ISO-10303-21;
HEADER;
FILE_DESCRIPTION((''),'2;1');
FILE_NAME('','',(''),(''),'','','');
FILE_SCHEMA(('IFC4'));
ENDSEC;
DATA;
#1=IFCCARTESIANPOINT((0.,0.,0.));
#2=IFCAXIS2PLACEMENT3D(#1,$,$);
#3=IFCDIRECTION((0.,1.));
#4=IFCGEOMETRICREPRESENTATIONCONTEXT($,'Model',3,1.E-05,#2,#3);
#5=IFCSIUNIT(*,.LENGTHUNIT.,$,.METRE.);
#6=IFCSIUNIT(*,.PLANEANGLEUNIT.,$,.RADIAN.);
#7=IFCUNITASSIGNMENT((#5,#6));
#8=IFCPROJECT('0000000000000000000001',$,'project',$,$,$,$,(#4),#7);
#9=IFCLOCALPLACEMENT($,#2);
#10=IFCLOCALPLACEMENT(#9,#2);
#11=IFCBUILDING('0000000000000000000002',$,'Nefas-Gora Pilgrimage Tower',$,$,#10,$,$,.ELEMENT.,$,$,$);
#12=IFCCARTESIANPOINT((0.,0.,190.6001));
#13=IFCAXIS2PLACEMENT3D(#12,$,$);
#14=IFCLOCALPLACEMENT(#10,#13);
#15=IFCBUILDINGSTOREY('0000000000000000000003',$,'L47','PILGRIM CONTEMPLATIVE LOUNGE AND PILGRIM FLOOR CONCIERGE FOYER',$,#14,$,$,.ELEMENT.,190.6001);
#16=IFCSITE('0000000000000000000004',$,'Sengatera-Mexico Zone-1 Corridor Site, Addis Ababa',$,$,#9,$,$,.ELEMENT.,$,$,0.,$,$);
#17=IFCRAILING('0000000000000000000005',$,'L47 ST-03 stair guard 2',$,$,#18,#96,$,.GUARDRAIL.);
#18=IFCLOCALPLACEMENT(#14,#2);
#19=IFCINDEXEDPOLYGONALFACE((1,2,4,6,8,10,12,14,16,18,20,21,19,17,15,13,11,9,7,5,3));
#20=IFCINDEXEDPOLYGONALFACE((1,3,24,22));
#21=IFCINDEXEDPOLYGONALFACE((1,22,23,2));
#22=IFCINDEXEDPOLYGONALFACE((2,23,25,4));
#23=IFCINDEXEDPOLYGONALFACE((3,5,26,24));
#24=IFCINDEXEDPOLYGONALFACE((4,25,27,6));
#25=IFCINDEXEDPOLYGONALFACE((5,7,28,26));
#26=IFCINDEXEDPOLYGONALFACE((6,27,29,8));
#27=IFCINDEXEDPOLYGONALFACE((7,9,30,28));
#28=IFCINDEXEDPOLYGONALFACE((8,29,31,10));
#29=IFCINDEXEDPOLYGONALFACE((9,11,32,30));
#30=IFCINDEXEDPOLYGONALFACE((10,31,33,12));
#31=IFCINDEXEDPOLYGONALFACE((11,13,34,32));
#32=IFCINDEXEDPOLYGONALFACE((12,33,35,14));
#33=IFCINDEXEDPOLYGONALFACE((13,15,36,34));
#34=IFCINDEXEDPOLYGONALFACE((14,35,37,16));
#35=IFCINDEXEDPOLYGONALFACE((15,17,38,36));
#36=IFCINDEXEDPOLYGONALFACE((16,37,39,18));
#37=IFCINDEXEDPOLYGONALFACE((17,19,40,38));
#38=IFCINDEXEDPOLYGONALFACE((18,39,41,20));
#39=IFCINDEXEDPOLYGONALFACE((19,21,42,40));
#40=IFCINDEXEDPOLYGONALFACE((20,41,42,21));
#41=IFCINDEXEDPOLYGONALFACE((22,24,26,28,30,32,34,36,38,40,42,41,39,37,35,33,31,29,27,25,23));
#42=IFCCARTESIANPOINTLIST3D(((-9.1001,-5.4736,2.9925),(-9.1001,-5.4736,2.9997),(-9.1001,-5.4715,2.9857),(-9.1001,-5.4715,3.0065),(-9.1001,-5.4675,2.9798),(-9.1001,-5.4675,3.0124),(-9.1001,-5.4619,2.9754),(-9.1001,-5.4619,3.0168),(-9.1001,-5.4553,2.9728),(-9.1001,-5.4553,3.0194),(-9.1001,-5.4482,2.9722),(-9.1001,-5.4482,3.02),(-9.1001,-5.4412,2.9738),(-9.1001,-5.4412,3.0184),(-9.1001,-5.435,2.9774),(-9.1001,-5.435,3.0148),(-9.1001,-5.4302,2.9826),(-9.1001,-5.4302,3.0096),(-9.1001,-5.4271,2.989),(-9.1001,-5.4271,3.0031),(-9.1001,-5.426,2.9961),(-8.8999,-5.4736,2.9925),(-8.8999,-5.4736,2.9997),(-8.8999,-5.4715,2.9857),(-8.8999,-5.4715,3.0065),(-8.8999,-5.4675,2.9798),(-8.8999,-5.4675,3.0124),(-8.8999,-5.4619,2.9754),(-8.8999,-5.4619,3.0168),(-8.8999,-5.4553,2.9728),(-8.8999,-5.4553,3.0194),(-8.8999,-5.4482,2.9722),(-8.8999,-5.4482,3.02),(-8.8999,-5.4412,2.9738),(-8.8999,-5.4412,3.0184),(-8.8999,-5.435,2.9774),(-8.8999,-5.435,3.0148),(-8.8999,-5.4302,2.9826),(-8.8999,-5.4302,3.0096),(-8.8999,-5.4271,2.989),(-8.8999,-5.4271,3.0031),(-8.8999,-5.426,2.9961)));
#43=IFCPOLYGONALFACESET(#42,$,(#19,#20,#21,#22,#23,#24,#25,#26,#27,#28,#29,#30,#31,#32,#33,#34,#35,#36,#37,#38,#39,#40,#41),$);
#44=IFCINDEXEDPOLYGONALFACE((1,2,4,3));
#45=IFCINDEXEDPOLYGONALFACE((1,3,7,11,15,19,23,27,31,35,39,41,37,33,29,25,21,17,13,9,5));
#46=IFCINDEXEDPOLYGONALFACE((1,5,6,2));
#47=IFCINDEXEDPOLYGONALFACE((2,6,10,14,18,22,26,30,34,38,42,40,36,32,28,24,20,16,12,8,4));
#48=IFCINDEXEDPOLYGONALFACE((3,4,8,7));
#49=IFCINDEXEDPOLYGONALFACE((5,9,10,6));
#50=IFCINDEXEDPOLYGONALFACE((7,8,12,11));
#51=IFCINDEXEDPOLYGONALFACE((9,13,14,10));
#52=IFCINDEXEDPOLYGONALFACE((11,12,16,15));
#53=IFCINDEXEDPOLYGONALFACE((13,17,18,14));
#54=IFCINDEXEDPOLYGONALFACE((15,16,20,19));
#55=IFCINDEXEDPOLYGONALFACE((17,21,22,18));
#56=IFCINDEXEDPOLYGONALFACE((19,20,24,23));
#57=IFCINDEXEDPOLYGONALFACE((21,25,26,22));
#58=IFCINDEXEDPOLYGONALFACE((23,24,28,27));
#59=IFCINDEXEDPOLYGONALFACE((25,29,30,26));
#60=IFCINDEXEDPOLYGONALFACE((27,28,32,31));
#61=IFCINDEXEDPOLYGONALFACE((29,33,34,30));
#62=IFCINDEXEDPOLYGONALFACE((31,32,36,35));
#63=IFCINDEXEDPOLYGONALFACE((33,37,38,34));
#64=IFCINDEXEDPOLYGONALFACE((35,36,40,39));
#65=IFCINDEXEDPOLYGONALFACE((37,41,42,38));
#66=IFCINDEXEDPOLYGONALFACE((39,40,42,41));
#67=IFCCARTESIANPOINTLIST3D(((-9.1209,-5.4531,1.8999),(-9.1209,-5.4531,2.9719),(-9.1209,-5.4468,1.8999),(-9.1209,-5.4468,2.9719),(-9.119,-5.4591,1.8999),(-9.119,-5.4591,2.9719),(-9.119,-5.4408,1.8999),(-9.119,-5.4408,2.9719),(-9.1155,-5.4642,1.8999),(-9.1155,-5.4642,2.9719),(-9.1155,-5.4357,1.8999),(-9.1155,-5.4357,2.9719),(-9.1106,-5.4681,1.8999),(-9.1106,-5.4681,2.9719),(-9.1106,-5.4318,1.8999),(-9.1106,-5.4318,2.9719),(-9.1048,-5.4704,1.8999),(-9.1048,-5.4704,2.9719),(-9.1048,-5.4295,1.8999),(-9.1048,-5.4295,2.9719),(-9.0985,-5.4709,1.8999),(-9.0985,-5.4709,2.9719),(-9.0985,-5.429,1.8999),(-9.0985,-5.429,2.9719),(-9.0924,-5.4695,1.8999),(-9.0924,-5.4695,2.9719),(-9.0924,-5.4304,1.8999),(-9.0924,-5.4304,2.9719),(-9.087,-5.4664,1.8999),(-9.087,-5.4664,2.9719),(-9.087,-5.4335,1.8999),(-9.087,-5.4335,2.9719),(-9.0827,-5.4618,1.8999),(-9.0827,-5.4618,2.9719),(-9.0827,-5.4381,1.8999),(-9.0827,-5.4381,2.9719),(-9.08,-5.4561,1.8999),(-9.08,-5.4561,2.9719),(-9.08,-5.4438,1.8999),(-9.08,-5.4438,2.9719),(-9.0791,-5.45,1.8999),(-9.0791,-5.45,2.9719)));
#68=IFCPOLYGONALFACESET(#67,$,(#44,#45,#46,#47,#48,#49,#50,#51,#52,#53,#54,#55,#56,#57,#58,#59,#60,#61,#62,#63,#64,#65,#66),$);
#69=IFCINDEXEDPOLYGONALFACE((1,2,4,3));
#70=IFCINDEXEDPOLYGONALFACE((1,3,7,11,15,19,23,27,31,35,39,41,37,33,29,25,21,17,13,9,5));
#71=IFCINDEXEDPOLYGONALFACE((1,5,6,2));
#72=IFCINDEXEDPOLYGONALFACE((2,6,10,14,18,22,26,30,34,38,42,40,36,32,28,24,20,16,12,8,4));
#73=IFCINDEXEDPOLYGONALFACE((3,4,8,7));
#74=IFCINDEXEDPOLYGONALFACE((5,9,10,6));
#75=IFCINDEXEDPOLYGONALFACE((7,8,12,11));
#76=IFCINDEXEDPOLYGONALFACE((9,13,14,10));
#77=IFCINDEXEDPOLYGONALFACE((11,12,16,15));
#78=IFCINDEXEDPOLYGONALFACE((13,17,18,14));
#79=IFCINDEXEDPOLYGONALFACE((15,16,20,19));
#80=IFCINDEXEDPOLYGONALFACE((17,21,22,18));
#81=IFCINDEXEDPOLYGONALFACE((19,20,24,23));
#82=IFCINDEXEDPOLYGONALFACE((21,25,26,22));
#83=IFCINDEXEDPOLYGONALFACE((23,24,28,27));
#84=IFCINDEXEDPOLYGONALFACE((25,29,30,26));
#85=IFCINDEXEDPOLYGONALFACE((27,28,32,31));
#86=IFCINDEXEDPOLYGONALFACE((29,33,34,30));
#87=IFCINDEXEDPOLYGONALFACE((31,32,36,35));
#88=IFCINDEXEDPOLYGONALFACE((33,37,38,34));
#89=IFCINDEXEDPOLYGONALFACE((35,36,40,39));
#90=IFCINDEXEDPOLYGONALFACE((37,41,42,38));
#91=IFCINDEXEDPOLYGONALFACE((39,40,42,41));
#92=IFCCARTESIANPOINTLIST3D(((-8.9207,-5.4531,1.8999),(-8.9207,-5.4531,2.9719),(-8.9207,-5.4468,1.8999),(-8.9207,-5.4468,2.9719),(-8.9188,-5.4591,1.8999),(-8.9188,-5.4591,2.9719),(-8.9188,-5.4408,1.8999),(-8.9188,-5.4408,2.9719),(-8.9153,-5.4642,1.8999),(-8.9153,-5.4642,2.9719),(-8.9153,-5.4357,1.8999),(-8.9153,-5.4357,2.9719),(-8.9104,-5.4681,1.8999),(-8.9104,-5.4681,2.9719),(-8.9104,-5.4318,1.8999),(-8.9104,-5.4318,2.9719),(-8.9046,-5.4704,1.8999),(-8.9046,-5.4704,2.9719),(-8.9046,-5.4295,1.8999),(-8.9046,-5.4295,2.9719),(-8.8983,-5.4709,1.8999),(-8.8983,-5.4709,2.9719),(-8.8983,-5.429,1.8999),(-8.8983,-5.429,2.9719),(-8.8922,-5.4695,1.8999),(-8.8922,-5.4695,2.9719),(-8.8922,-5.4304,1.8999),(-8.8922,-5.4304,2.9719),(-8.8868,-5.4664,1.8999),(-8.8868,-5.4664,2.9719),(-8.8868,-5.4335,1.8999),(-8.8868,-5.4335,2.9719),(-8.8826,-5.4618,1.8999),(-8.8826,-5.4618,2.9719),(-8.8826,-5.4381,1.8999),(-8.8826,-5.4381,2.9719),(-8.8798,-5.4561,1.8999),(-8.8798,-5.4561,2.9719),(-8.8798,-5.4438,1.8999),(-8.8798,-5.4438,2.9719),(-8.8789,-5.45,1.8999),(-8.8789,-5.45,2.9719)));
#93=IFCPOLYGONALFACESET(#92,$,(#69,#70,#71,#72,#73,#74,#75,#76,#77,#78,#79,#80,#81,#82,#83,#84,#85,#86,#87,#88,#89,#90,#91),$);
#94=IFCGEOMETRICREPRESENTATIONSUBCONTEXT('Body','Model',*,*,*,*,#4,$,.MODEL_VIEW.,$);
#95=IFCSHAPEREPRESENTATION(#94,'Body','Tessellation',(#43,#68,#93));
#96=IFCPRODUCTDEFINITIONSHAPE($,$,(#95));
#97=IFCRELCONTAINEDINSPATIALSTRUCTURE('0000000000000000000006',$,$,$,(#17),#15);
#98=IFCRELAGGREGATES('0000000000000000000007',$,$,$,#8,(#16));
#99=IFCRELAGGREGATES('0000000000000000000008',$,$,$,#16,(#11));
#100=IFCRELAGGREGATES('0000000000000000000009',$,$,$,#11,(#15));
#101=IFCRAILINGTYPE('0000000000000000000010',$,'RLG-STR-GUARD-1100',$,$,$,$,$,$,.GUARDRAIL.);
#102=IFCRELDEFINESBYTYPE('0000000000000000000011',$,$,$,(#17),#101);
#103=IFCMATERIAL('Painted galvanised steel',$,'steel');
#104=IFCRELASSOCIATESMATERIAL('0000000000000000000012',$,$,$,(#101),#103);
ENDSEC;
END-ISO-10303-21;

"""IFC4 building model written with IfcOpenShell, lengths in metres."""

from ifc_helpers import new_model, si_unit, direction, frame, origin, origin_2d, place, context, subcontext, project, spatial, circle, extrude, material, type_object, element, save


model = new_model("IFC4")

# Units and contexts
model_context = context("Model", 3, precision=1e-05, world=origin(), true_north=direction((0.0, 1.0)))
body_context = subcontext(model_context, "Body", "Model", "MODEL_VIEW")
ifc_project = project(units=[si_unit("LENGTHUNIT", "METRE"), si_unit("PLANEANGLEUNIT", "RADIAN")], contexts=[model_context])

# Site, building, storey
site_placement = place(None, origin())
site = spatial("IfcSite", under=ifc_project, at=site_placement, Name="Sengatera-Mexico Zone-1 Corridor Site, Addis Ababa", CompositionType="ELEMENT", RefElevation=0.0)
building_placement = place(site_placement, origin())
building = spatial("IfcBuilding", under=site, at=building_placement, Name="Nefas-Gora Pilgrimage Tower", CompositionType="ELEMENT")
storey_placement = place(building_placement, frame((0.0, 0.0, 190.6001)))
storey = spatial("IfcBuildingStorey", under=building, at=storey_placement, Name="L47", Description="PILGRIM CONTEMPLATIVE LOUNGE AND PILGRIM FLOOR CONCIERGE FOYER", CompositionType="ELEMENT", Elevation=190.6001)

# Railing
ifc_material_1 = material(Name="Painted galvanised steel", Category="steel")
railing_type_1 = type_object("IfcRailingType", Name="RLG-STR-GUARD-1100", PredefinedType="GUARDRAIL", material=ifc_material_1)
railing_1_placement = place(storey_placement, frame((-9.1001, -5.45, 1.8999)))
element("IfcRailing", 1, at=railing_1_placement, inside=storey, type_object=railing_type_1, Name="L47 ST-03 stair guard 2", PredefinedType="GUARDRAIL", context=body_context, shape_type="SweptSolid", body=[
    extrude(circle(Radius=0.0239, at=origin_2d()), frame((0.0, 0.0, 1.0962), z_axis=(1.0, 0.0, 0.0), x_axis=(0.0, 1.0, 0.0)), (0.0, 0.0, 1.0), 0.2002),
    extrude(circle(Radius=0.021, at=origin_2d()), origin(), (0.0, 0.0, 1.0), 1.072),
    extrude(circle(Radius=0.021, at=origin_2d()), frame((0.2002, 0.0, 0.0)), (0.0, 0.0, 1.0), 1.072),
])

save(model, "model.ifc")
